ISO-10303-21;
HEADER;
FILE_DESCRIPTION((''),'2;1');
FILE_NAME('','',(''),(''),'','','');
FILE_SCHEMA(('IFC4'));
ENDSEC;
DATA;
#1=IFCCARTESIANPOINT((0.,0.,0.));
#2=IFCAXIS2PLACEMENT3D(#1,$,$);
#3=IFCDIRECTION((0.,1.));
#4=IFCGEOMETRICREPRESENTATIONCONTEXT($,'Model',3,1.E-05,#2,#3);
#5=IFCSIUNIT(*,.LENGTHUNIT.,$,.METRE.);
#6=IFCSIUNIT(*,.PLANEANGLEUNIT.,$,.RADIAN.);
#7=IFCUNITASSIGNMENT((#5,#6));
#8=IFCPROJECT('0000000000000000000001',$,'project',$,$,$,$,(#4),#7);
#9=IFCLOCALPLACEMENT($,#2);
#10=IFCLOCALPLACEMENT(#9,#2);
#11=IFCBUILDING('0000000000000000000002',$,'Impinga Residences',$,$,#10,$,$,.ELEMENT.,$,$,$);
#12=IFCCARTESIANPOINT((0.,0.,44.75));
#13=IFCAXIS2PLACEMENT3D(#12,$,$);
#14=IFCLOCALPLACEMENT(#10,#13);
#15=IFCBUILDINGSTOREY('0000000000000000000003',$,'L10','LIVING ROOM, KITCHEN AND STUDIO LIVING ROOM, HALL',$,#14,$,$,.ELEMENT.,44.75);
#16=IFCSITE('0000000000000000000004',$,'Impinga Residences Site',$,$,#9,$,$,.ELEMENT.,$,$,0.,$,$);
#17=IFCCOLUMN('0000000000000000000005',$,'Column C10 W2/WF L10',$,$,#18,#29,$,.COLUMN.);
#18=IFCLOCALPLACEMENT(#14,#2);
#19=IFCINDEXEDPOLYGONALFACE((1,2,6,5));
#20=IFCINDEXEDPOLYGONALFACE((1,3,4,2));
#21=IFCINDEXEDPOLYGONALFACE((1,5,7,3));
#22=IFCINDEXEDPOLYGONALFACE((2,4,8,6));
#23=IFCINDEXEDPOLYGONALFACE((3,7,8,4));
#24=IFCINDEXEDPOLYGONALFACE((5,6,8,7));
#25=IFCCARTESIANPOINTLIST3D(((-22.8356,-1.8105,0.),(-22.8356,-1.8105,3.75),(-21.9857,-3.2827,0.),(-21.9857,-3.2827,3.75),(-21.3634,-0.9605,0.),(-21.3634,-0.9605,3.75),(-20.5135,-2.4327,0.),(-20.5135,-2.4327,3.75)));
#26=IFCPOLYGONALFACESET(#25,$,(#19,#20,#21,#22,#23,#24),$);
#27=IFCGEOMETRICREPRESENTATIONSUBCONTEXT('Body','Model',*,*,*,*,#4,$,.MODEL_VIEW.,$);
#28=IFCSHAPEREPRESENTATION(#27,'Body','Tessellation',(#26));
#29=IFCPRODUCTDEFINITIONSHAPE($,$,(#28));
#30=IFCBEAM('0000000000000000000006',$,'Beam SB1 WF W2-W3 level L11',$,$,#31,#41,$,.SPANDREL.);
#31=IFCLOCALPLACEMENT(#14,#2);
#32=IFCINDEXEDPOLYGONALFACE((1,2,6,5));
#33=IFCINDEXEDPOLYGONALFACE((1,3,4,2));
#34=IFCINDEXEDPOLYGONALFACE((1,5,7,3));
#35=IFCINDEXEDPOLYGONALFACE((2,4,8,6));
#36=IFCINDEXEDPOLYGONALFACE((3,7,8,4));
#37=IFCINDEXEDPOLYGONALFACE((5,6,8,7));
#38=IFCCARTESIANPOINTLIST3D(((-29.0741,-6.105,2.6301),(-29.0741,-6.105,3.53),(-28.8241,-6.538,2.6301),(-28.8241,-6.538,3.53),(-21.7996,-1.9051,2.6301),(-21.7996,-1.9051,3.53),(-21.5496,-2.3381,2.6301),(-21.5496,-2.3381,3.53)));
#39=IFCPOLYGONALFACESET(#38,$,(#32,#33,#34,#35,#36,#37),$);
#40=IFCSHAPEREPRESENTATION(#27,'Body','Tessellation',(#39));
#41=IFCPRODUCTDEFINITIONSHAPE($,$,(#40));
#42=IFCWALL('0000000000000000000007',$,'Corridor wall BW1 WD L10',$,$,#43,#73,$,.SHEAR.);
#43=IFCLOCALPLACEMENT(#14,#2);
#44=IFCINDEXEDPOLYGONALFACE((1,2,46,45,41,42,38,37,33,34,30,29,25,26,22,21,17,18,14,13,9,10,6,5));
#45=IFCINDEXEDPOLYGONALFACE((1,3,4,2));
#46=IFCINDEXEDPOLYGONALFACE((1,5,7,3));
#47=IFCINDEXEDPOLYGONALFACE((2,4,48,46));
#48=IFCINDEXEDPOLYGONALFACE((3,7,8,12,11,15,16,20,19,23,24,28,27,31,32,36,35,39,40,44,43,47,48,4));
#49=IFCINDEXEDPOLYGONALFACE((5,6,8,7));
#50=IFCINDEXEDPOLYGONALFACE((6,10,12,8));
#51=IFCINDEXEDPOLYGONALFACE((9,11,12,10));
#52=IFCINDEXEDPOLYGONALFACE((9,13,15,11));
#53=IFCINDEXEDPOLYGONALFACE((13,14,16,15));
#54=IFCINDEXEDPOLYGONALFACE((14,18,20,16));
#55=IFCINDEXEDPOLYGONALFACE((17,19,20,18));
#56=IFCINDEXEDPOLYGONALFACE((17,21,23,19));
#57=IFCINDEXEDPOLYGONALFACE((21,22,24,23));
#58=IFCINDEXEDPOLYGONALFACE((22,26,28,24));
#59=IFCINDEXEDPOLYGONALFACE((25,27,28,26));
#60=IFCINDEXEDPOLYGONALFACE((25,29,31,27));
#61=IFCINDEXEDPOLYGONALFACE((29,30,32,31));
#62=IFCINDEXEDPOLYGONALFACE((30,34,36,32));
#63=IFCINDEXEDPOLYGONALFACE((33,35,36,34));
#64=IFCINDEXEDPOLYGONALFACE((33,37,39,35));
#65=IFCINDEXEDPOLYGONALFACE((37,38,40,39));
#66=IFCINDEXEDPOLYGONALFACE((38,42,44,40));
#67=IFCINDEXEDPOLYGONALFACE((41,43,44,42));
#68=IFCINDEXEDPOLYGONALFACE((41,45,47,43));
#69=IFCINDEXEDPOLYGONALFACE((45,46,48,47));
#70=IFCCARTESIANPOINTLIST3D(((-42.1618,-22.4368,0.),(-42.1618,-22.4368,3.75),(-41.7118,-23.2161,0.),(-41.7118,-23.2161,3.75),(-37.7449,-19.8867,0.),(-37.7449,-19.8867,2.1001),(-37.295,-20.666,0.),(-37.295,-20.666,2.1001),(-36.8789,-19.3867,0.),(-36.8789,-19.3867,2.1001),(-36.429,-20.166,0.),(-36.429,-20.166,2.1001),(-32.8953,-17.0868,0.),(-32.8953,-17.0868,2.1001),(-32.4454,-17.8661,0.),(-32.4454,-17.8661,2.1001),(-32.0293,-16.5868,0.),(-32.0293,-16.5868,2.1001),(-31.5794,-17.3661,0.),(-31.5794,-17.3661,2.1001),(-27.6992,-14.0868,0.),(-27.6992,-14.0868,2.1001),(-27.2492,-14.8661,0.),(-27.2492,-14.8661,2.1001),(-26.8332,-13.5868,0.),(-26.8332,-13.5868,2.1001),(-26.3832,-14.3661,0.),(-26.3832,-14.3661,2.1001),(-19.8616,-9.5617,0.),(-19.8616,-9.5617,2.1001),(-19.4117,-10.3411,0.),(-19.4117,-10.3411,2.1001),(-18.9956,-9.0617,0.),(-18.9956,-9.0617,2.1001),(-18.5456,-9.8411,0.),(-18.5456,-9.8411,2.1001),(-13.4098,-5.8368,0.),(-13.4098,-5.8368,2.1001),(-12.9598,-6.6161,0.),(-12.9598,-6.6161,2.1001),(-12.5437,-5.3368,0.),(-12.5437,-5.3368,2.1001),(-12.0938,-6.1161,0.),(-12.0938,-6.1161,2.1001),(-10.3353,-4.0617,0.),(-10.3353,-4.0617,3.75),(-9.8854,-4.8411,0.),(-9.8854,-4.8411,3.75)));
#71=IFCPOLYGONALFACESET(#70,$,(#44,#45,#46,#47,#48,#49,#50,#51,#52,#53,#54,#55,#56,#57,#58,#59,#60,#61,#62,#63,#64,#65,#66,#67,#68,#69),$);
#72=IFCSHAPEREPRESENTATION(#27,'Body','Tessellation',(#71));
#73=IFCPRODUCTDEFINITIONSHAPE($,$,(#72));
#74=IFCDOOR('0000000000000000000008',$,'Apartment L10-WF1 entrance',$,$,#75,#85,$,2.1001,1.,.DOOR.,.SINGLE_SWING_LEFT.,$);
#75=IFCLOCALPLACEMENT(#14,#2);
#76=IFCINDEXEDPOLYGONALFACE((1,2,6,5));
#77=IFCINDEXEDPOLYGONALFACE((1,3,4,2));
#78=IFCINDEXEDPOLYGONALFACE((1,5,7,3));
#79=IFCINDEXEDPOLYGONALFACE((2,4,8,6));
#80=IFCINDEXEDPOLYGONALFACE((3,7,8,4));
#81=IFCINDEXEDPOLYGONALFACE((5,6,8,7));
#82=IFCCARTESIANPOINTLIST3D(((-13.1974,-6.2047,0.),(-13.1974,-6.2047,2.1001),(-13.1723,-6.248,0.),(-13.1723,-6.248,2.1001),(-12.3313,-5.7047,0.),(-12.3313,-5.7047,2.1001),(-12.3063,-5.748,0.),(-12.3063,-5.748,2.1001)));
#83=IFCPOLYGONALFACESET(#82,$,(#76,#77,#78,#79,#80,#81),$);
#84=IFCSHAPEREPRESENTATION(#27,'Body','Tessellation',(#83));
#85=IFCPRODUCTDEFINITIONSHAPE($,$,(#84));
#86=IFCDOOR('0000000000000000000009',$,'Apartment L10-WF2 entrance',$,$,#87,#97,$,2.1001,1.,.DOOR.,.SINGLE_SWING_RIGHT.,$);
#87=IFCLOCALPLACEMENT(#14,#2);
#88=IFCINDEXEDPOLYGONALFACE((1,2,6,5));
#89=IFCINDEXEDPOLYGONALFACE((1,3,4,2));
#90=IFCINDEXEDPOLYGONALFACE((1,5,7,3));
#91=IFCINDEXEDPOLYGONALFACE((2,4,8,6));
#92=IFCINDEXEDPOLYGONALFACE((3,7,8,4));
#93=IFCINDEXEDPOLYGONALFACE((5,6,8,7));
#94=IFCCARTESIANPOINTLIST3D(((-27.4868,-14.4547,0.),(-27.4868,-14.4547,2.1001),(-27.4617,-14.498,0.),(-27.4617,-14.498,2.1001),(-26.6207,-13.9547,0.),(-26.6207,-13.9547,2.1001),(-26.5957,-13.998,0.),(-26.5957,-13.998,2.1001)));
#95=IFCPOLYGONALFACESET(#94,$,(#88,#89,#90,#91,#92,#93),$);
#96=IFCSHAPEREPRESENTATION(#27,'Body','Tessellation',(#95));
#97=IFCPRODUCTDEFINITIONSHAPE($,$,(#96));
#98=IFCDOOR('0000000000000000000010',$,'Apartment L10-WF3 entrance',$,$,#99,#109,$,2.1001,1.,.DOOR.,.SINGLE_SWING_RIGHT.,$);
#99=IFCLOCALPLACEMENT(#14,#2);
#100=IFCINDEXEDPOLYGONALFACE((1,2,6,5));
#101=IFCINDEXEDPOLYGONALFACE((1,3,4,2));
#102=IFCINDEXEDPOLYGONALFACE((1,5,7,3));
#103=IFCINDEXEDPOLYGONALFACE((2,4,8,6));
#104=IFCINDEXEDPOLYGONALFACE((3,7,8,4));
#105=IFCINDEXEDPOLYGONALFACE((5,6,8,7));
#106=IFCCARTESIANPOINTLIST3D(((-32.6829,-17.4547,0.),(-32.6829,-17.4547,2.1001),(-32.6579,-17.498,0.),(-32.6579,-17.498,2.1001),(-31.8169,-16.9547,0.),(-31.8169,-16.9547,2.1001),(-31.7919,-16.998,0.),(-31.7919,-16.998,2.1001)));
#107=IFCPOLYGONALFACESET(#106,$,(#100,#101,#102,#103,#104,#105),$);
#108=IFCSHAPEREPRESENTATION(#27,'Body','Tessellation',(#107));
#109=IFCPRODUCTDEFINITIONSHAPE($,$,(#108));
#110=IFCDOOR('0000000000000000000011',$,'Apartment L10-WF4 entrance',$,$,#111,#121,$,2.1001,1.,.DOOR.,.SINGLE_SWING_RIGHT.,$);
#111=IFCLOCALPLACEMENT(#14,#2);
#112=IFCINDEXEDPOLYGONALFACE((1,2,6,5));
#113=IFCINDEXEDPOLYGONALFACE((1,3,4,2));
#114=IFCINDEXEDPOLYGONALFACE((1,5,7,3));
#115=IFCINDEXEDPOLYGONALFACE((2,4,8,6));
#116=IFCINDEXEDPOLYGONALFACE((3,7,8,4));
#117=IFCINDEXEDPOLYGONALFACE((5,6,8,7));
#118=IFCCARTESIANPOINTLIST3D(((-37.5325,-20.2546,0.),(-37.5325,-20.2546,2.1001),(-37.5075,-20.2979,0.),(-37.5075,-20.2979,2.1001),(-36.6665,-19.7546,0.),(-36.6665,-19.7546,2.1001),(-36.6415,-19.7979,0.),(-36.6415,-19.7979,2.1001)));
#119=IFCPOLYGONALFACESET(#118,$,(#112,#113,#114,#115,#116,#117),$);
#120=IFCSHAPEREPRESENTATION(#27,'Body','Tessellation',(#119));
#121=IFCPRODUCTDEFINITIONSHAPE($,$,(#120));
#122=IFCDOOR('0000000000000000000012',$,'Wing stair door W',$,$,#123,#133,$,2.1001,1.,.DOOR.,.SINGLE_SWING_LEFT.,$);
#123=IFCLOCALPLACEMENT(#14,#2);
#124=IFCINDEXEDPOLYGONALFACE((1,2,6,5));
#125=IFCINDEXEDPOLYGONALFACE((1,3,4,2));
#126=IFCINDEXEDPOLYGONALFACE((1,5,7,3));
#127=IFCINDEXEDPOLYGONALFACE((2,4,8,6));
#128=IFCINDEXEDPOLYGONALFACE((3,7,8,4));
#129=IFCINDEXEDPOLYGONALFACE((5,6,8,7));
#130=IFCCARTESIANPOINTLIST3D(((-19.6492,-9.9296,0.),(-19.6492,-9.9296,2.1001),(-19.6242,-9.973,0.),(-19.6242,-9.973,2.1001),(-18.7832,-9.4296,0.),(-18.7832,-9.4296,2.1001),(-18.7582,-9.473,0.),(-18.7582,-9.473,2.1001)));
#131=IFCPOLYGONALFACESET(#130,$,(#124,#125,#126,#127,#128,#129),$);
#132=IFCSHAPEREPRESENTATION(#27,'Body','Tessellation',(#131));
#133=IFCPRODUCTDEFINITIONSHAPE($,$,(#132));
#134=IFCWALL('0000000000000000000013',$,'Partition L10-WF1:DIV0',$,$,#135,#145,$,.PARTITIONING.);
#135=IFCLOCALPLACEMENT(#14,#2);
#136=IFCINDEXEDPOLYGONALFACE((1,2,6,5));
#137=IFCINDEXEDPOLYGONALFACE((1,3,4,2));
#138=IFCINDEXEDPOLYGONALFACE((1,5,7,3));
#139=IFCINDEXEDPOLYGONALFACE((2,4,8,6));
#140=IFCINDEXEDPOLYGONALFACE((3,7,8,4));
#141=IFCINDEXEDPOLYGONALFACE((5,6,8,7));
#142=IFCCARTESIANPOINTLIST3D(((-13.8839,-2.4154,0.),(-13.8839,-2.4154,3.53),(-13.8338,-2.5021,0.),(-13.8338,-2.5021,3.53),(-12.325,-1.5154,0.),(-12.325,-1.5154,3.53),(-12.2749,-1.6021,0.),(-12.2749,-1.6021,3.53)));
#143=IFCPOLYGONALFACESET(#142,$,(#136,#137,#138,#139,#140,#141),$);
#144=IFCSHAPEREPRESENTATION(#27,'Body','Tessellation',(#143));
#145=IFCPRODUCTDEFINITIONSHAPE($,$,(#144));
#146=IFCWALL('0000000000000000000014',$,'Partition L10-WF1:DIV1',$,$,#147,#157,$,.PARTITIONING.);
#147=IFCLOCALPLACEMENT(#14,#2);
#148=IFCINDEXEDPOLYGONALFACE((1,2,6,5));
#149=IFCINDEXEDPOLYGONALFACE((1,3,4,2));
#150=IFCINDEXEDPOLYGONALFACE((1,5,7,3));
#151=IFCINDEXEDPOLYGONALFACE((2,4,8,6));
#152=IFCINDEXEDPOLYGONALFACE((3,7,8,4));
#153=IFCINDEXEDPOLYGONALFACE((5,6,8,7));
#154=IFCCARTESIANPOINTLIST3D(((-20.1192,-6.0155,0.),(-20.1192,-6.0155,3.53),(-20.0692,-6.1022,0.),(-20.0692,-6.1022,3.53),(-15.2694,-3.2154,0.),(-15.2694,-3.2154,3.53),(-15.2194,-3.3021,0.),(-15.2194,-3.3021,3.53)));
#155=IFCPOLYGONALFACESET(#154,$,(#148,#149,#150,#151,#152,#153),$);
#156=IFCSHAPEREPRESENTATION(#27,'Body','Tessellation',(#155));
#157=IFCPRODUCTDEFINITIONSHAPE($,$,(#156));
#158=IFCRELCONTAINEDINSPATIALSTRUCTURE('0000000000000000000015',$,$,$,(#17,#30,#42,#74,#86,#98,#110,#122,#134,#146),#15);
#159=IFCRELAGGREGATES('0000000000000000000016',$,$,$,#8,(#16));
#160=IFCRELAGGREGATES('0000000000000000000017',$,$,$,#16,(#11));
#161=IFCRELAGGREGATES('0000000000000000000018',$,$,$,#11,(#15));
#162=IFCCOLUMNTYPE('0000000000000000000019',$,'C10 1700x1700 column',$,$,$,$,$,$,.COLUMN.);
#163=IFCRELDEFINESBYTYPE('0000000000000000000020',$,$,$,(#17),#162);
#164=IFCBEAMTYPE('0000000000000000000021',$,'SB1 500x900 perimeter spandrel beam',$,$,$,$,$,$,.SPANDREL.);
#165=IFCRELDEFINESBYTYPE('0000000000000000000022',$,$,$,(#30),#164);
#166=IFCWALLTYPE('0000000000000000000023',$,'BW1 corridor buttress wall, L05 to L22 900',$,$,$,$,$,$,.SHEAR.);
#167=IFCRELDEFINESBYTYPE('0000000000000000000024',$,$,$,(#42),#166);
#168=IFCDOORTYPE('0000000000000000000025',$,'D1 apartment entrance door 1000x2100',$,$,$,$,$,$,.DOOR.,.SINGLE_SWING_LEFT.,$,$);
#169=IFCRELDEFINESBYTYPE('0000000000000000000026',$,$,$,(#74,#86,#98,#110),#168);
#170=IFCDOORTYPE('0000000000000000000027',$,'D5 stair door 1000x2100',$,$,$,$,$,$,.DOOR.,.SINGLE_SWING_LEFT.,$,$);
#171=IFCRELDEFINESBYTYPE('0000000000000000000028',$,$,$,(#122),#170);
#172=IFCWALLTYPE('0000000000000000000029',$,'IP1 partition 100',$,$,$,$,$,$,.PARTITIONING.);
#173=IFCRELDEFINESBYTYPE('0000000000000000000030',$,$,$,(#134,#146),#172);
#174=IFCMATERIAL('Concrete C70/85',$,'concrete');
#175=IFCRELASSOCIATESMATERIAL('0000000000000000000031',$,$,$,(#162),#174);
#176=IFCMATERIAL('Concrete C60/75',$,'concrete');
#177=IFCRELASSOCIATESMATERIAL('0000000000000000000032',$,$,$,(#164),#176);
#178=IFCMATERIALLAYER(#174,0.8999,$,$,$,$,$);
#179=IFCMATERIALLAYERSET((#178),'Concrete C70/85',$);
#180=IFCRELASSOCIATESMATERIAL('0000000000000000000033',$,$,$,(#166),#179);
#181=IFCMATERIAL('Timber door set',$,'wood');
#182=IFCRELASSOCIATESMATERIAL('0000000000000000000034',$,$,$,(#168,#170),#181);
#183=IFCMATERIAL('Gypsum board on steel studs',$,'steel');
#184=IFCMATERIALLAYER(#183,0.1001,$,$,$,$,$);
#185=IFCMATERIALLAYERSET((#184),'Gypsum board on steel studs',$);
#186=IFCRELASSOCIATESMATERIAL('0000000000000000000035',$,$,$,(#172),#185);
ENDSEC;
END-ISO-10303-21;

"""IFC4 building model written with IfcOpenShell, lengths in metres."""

from ifc_helpers import new_model, si_unit, direction, frame, frame_2d, origin, origin_2d, place, context, subcontext, project, spatial, rectangle, extrude, material, layer, layer_set, material_profile, profile_set, type_object, element, fill, save


model = new_model("IFC4")

# Units and contexts
model_context = context("Model", 3, precision=1e-05, world=origin(), true_north=direction((0.0, 1.0)))
body_context = subcontext(model_context, "Body", "Model", "MODEL_VIEW")
ifc_project = project(units=[si_unit("LENGTHUNIT", "METRE"), si_unit("PLANEANGLEUNIT", "RADIAN")], contexts=[model_context])

# Site, building, storey
site_placement = place(None, origin())
site = spatial("IfcSite", under=ifc_project, at=site_placement, Name="Impinga Residences Site", CompositionType="ELEMENT", RefElevation=0.0)
building_placement = place(site_placement, origin())
building = spatial("IfcBuilding", under=site, at=building_placement, Name="Impinga Residences", CompositionType="ELEMENT")
storey_placement = place(building_placement, frame((0.0, 0.0, 44.75)))
storey = spatial("IfcBuildingStorey", under=building, at=storey_placement, Name="L10", Description="LIVING ROOM, KITCHEN AND STUDIO LIVING ROOM, HALL", CompositionType="ELEMENT", Elevation=44.75)

# Column
ifc_material_1 = material(Name="Concrete C70/85", Category="concrete")
ifc_material_profile_1 = material_profile(ifc_material_1, rectangle(XDim=1.7, YDim=1.7, at=origin_2d()), Name="RC 1700x1700")
ifc_profile_set_1 = profile_set([ifc_material_profile_1], Name="Concrete C70/85")
column_type = type_object("IfcColumnType", Name="C10 1700x1700 column", PredefinedType="COLUMN", material=ifc_profile_set_1)
column_placement = place(storey_placement, frame((-21.6746, -2.1216, 0.0), z_axis=(0.0, 0.0, 1.0), x_axis=(-0.5, 0.866025, 0.0)))
element("IfcColumn", 1, at=column_placement, inside=storey, type_object=column_type, Name="Column C10 W2/WF L10", PredefinedType="COLUMN", context=body_context, shape_type="SweptSolid", body=[
    extrude(rectangle(XDim=1.7, YDim=1.7, at=origin_2d()), origin(), (0.0, 0.0, 1.0), 3.75),
])

# Beam
ifc_material_2 = material(Name="Concrete C60/75", Category="concrete")
ifc_material_profile_2 = material_profile(ifc_material_2, rectangle(XDim=0.5, YDim=0.8999, at=origin_2d()), Name="RC 500x900")
ifc_profile_set_2 = profile_set([ifc_material_profile_2], Name="Concrete C60/75")
beam_type = type_object("IfcBeamType", Name="SB1 500x900 perimeter spandrel beam", PredefinedType="SPANDREL", material=ifc_profile_set_2)
beam_placement = place(storey_placement, frame((-21.6746, -2.1216, 3.0801), z_axis=(-0.866029, -0.499993, 0.0), x_axis=(0.499993, -0.866029, 0.0)))
element("IfcBeam", 2, at=beam_placement, inside=storey, type_object=beam_type, Name="Beam SB1 WF W2-W3 level L11", PredefinedType="SPANDREL", context=body_context, shape_type="SweptSolid", body=[
    extrude(rectangle(XDim=0.5, YDim=0.8999, at=origin_2d()), origin(), (0.0, 0.0, 1.0), 8.3999),
])

# Wall, openings, doors
ifc_layer_1 = layer(ifc_material_1, 0.8999)
ifc_layer_set_1 = layer_set([ifc_layer_1], Name="Concrete C70/85")
wall_type_1 = type_object("IfcWallType", Name="BW1 corridor buttress wall, L05 to L22 900", PredefinedType="SHEAR", material=ifc_layer_set_1)
wall_1_placement = place(storey_placement, frame((-10.1104, -4.4514, 0.0), z_axis=(0.0, 0.0, 1.0), x_axis=(-0.866025, -0.5, 0.0)))
wall_1 = element("IfcWall", 3, at=wall_1_placement, inside=storey, type_object=wall_type_1, Name="Corridor wall BW1 WD L10", PredefinedType="SHEAR", context=body_context, shape_type="SweptSolid", body=[
    extrude(rectangle(XDim=36.75, YDim=0.8999, at=frame_2d((18.375, 0.0))), origin(), (0.0, 0.0, 1.0), 3.75),
])
opening_1_placement = place(wall_1_placement, frame((10.0, 0.0, 0.0)))
opening_1 = element("IfcOpeningElement", 4, at=opening_1_placement, cuts=wall_1, PredefinedType="OPENING", context=body_context, shape_type="SweptSolid", body=[
    extrude(rectangle(XDim=1.0, YDim=2.1001, at=frame_2d((0.5, 1.05))), frame((0.0, 0.46, 0.0), z_axis=(0.0, -1.0, 0.0), x_axis=(1.0, 0.0, 0.0)), (0.0, 0.0, 1.0), 0.9199),
])
opening_2_placement = place(wall_1_placement, frame((2.55, 0.0, 0.0)))
opening_2 = element("IfcOpeningElement", 5, at=opening_2_placement, cuts=wall_1, PredefinedType="OPENING", context=body_context, shape_type="SweptSolid", body=[
    extrude(rectangle(XDim=1.0, YDim=2.1001, at=frame_2d((0.5, 1.05))), frame((0.0, 0.46, 0.0), z_axis=(0.0, -1.0, 0.0), x_axis=(1.0, 0.0, 0.0)), (0.0, 0.0, 1.0), 0.9199),
])
opening_3_placement = place(wall_1_placement, frame((19.05, 0.0, 0.0)))
opening_3 = element("IfcOpeningElement", 6, at=opening_3_placement, cuts=wall_1, PredefinedType="OPENING", context=body_context, shape_type="SweptSolid", body=[
    extrude(rectangle(XDim=1.0, YDim=2.1001, at=frame_2d((0.5, 1.05))), frame((0.0, 0.46, 0.0), z_axis=(0.0, -1.0, 0.0), x_axis=(1.0, 0.0, 0.0)), (0.0, 0.0, 1.0), 0.9199),
])
opening_4_placement = place(wall_1_placement, frame((25.05, 0.0, 0.0)))
opening_4 = element("IfcOpeningElement", 7, at=opening_4_placement, cuts=wall_1, PredefinedType="OPENING", context=body_context, shape_type="SweptSolid", body=[
    extrude(rectangle(XDim=1.0, YDim=2.1001, at=frame_2d((0.5, 1.05))), frame((0.0, 0.46, 0.0), z_axis=(0.0, -1.0, 0.0), x_axis=(1.0, 0.0, 0.0)), (0.0, 0.0, 1.0), 0.9199),
])
opening_5_placement = place(wall_1_placement, frame((30.6499, 0.0, 0.0)))
opening_5 = element("IfcOpeningElement", 8, at=opening_5_placement, cuts=wall_1, PredefinedType="OPENING", context=body_context, shape_type="SweptSolid", body=[
    extrude(rectangle(XDim=1.0, YDim=2.1001, at=frame_2d((0.5, 1.05))), frame((0.0, 0.46, 0.0), z_axis=(0.0, -1.0, 0.0), x_axis=(1.0, 0.0, 0.0)), (0.0, 0.0, 1.0), 0.9199),
])
ifc_material_3 = material(Name="Timber door set", Category="wood")
door_type_1 = type_object("IfcDoorType", Name="D1 apartment entrance door 1000x2100", OperationType="SINGLE_SWING_LEFT", PredefinedType="DOOR", material=ifc_material_3)
door_1_placement = place(opening_2_placement, origin())
door_1 = element("IfcDoor", 9, at=door_1_placement, inside=storey, type_object=door_type_1, Name="Apartment L10-WF1 entrance", OperationType="SINGLE_SWING_LEFT", OverallHeight=2.1001, OverallWidth=1.0, PredefinedType="DOOR", context=body_context, shape_type="SweptSolid", body=[
    extrude(rectangle(XDim=1.0, YDim=2.1001, at=frame_2d((0.5, 1.05))), frame((0.0, 0.0249, 0.0), z_axis=(0.0, -1.0, 0.0), x_axis=(1.0, 0.0, 0.0)), (0.0, 0.0, 1.0), 0.05),
])
fill(opening_2, door_1)
door_2_placement = place(opening_3_placement, origin())
door_2 = element("IfcDoor", 10, at=door_2_placement, inside=storey, type_object=door_type_1, Name="Apartment L10-WF2 entrance", OperationType="SINGLE_SWING_RIGHT", OverallHeight=2.1001, OverallWidth=1.0, PredefinedType="DOOR", context=body_context, shape_type="SweptSolid", body=[
    extrude(rectangle(XDim=1.0, YDim=2.1001, at=frame_2d((0.5, 1.05))), frame((0.0, 0.0249, 0.0), z_axis=(0.0, -1.0, 0.0), x_axis=(1.0, 0.0, 0.0)), (0.0, 0.0, 1.0), 0.05),
])
fill(opening_3, door_2)
door_3_placement = place(opening_4_placement, origin())
door_3 = element("IfcDoor", 11, at=door_3_placement, inside=storey, type_object=door_type_1, Name="Apartment L10-WF3 entrance", OperationType="SINGLE_SWING_RIGHT", OverallHeight=2.1001, OverallWidth=1.0, PredefinedType="DOOR", context=body_context, shape_type="SweptSolid", body=[
    extrude(rectangle(XDim=1.0, YDim=2.1001, at=frame_2d((0.5, 1.05))), frame((0.0, 0.0249, 0.0), z_axis=(0.0, -1.0, 0.0), x_axis=(1.0, 0.0, 0.0)), (0.0, 0.0, 1.0), 0.05),
])
fill(opening_4, door_3)
door_4_placement = place(opening_5_placement, origin())
door_4 = element("IfcDoor", 12, at=door_4_placement, inside=storey, type_object=door_type_1, Name="Apartment L10-WF4 entrance", OperationType="SINGLE_SWING_RIGHT", OverallHeight=2.1001, OverallWidth=1.0, PredefinedType="DOOR", context=body_context, shape_type="SweptSolid", body=[
    extrude(rectangle(XDim=1.0, YDim=2.1001, at=frame_2d((0.5, 1.05))), frame((0.0, 0.0249, 0.0), z_axis=(0.0, -1.0, 0.0), x_axis=(1.0, 0.0, 0.0)), (0.0, 0.0, 1.0), 0.05),
])
fill(opening_5, door_4)
door_type_2 = type_object("IfcDoorType", Name="D5 stair door 1000x2100", OperationType="SINGLE_SWING_LEFT", PredefinedType="DOOR", material=ifc_material_3)
door_5_placement = place(opening_1_placement, origin())
door_5 = element("IfcDoor", 13, at=door_5_placement, inside=storey, type_object=door_type_2, Name="Wing stair door W", OperationType="SINGLE_SWING_LEFT", OverallHeight=2.1001, OverallWidth=1.0, PredefinedType="DOOR", context=body_context, shape_type="SweptSolid", body=[
    extrude(rectangle(XDim=1.0, YDim=2.1001, at=frame_2d((0.5, 1.05))), frame((0.0, 0.0249, 0.0), z_axis=(0.0, -1.0, 0.0), x_axis=(1.0, 0.0, 0.0)), (0.0, 0.0, 1.0), 0.05),
])
fill(opening_1, door_5)

# Walls
ifc_material_4 = material(Name="Gypsum board on steel studs", Category="steel")
ifc_layer_2 = layer(ifc_material_4, 0.1001)
ifc_layer_set_2 = layer_set([ifc_layer_2], Name="Gypsum board on steel studs")
wall_type_2 = type_object("IfcWallType", Name="IP1 partition 100", PredefinedType="PARTITIONING", material=ifc_layer_set_2)
wall_2_placement = place(storey_placement, frame((-12.3, -1.5588, 0.0), z_axis=(0.0, 0.0, 1.0), x_axis=(-0.866048, -0.499961, 0.0)))
element("IfcWall", 14, at=wall_2_placement, inside=storey, type_object=wall_type_2, Name="Partition L10-WF1:DIV0", PredefinedType="PARTITIONING", context=body_context, shape_type="SweptSolid", body=[
    extrude(rectangle(XDim=1.8, YDim=0.1001, at=frame_2d((0.8999, 0.0))), origin(), (0.0, 0.0, 1.0), 3.53),
])
wall_3_placement = place(storey_placement, frame((-15.2444, -3.2588, 0.0), z_axis=(0.0, 0.0, 1.0), x_axis=(-0.866027, -0.499998, 0.0)))
element("IfcWall", 15, at=wall_3_placement, inside=storey, type_object=wall_type_2, Name="Partition L10-WF1:DIV1", PredefinedType="PARTITIONING", context=body_context, shape_type="SweptSolid", body=[
    extrude(rectangle(XDim=5.6001, YDim=0.1001, at=frame_2d((2.8, 0.0))), origin(), (0.0, 0.0, 1.0), 3.53),
])

save(model, "model.ifc")
